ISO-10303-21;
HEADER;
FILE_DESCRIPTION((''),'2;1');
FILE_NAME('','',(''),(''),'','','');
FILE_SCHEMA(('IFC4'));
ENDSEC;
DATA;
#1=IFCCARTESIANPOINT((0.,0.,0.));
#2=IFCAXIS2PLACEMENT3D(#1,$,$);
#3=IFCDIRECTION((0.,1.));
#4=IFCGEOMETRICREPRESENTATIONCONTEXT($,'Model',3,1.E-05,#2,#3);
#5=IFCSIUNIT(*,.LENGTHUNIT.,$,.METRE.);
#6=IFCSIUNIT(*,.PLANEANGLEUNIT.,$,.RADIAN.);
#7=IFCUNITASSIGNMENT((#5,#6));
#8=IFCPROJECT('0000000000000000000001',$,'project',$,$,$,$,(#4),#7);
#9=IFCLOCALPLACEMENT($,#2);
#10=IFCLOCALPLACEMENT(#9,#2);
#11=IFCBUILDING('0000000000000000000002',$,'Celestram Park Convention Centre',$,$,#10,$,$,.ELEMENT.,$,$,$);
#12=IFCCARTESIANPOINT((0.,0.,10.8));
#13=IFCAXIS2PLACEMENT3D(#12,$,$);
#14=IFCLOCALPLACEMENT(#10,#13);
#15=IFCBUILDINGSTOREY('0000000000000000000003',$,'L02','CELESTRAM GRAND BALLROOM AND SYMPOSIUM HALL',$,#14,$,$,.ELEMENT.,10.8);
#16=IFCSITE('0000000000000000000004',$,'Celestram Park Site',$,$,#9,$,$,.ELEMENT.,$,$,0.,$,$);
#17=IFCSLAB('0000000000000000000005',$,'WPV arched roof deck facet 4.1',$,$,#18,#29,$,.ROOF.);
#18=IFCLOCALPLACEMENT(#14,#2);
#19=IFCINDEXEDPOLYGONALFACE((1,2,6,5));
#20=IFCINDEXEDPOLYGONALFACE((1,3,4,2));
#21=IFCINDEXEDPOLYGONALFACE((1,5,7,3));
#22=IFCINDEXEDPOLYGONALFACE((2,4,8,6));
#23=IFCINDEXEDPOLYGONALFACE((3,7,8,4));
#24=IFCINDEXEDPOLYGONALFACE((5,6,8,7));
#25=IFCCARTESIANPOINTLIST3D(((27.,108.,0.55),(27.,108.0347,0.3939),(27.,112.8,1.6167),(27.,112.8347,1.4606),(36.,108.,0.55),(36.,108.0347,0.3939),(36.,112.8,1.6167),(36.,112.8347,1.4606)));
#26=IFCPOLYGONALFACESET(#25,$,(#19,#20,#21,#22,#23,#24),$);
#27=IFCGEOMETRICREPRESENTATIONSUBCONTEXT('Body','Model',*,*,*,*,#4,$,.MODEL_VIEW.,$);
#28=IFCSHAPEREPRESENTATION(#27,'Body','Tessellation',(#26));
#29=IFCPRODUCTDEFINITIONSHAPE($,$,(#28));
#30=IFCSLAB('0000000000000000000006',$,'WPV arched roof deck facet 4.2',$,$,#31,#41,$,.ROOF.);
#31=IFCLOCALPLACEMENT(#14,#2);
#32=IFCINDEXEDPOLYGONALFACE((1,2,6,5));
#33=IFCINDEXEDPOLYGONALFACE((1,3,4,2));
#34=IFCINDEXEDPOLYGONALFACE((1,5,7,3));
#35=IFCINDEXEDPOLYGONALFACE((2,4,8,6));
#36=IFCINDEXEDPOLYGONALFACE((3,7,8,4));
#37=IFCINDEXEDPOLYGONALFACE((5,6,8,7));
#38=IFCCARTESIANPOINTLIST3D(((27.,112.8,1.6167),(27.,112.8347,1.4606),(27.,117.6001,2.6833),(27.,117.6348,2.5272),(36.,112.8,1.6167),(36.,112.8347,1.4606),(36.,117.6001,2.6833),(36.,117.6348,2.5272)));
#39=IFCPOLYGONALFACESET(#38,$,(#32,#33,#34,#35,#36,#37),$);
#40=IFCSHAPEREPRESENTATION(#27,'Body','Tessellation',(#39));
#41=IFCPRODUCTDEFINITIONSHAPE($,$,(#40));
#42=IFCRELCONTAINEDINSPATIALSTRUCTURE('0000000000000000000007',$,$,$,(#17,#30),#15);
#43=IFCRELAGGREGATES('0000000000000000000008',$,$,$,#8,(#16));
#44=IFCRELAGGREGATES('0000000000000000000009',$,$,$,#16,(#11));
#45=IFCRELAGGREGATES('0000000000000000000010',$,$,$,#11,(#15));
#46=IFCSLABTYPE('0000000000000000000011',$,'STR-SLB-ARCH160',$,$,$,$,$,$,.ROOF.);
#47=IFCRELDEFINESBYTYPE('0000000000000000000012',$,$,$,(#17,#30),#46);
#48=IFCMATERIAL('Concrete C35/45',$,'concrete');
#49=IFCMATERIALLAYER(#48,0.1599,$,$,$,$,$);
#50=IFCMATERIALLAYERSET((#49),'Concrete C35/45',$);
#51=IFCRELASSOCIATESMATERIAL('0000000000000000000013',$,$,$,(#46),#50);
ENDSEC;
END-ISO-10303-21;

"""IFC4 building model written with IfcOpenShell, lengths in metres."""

from ifc_helpers import new_model, si_unit, direction, frame, origin, place, context, subcontext, project, spatial, polyline, outline, extrude, material, layer, layer_set, type_object, element, save


model = new_model("IFC4")

# Units and contexts
model_context = context("Model", 3, precision=1e-05, world=origin(), true_north=direction((0.0, 1.0)))
body_context = subcontext(model_context, "Body", "Model", "MODEL_VIEW")
ifc_project = project(units=[si_unit("LENGTHUNIT", "METRE"), si_unit("PLANEANGLEUNIT", "RADIAN")], contexts=[model_context])

# Site, building, storey
site_placement = place(None, origin())
site = spatial("IfcSite", under=ifc_project, at=site_placement, Name="Celestram Park Site", CompositionType="ELEMENT", RefElevation=0.0)
building_placement = place(site_placement, origin())
building = spatial("IfcBuilding", under=site, at=building_placement, Name="Celestram Park Convention Centre", CompositionType="ELEMENT")
storey_placement = place(building_placement, frame((0.0, 0.0, 10.8)))
storey = spatial("IfcBuildingStorey", under=building, at=storey_placement, Name="L02", Description="CELESTRAM GRAND BALLROOM AND SYMPOSIUM HALL", CompositionType="ELEMENT", Elevation=10.8)

# Slabs
ifc_material_1 = material(Name="Concrete C35/45", Category="concrete")
ifc_layer_1 = layer(ifc_material_1, 0.1599)
ifc_layer_set_1 = layer_set([ifc_layer_1], Name="Concrete C35/45")
slab_type = type_object("IfcSlabType", Name="STR-SLB-ARCH160", PredefinedType="ROOF", material=ifc_layer_set_1)
for number, where, z_axis, x_axis, name in (
    (1, (27.0, 108.0, 0.55), (0.0, -0.216925, 0.976188), (1.0, 0.0, 0.0), "WPV arched roof deck facet 4.1"),
    (2, (27.0, 112.8, 1.6167), (0.0, -0.216925, 0.976188), (1.0, 0.0, 0.0), "WPV arched roof deck facet 4.2"),
):
    element("IfcSlab", number, at=place(storey_placement, frame(where, z_axis=z_axis, x_axis=x_axis)), inside=storey, type_object=slab_type, Name=name, PredefinedType="ROOF", context=body_context, shape_type="SweptSolid", body=[
        extrude(outline(polyline([(0.0, 0.0), (9.0, 0.0), (9.0, 4.9171), (0.0, 4.9171), (0.0, 0.0)])), origin(), (0.0, 0.0, -1.0), 0.1599),
    ])

save(model, "model.ifc")
